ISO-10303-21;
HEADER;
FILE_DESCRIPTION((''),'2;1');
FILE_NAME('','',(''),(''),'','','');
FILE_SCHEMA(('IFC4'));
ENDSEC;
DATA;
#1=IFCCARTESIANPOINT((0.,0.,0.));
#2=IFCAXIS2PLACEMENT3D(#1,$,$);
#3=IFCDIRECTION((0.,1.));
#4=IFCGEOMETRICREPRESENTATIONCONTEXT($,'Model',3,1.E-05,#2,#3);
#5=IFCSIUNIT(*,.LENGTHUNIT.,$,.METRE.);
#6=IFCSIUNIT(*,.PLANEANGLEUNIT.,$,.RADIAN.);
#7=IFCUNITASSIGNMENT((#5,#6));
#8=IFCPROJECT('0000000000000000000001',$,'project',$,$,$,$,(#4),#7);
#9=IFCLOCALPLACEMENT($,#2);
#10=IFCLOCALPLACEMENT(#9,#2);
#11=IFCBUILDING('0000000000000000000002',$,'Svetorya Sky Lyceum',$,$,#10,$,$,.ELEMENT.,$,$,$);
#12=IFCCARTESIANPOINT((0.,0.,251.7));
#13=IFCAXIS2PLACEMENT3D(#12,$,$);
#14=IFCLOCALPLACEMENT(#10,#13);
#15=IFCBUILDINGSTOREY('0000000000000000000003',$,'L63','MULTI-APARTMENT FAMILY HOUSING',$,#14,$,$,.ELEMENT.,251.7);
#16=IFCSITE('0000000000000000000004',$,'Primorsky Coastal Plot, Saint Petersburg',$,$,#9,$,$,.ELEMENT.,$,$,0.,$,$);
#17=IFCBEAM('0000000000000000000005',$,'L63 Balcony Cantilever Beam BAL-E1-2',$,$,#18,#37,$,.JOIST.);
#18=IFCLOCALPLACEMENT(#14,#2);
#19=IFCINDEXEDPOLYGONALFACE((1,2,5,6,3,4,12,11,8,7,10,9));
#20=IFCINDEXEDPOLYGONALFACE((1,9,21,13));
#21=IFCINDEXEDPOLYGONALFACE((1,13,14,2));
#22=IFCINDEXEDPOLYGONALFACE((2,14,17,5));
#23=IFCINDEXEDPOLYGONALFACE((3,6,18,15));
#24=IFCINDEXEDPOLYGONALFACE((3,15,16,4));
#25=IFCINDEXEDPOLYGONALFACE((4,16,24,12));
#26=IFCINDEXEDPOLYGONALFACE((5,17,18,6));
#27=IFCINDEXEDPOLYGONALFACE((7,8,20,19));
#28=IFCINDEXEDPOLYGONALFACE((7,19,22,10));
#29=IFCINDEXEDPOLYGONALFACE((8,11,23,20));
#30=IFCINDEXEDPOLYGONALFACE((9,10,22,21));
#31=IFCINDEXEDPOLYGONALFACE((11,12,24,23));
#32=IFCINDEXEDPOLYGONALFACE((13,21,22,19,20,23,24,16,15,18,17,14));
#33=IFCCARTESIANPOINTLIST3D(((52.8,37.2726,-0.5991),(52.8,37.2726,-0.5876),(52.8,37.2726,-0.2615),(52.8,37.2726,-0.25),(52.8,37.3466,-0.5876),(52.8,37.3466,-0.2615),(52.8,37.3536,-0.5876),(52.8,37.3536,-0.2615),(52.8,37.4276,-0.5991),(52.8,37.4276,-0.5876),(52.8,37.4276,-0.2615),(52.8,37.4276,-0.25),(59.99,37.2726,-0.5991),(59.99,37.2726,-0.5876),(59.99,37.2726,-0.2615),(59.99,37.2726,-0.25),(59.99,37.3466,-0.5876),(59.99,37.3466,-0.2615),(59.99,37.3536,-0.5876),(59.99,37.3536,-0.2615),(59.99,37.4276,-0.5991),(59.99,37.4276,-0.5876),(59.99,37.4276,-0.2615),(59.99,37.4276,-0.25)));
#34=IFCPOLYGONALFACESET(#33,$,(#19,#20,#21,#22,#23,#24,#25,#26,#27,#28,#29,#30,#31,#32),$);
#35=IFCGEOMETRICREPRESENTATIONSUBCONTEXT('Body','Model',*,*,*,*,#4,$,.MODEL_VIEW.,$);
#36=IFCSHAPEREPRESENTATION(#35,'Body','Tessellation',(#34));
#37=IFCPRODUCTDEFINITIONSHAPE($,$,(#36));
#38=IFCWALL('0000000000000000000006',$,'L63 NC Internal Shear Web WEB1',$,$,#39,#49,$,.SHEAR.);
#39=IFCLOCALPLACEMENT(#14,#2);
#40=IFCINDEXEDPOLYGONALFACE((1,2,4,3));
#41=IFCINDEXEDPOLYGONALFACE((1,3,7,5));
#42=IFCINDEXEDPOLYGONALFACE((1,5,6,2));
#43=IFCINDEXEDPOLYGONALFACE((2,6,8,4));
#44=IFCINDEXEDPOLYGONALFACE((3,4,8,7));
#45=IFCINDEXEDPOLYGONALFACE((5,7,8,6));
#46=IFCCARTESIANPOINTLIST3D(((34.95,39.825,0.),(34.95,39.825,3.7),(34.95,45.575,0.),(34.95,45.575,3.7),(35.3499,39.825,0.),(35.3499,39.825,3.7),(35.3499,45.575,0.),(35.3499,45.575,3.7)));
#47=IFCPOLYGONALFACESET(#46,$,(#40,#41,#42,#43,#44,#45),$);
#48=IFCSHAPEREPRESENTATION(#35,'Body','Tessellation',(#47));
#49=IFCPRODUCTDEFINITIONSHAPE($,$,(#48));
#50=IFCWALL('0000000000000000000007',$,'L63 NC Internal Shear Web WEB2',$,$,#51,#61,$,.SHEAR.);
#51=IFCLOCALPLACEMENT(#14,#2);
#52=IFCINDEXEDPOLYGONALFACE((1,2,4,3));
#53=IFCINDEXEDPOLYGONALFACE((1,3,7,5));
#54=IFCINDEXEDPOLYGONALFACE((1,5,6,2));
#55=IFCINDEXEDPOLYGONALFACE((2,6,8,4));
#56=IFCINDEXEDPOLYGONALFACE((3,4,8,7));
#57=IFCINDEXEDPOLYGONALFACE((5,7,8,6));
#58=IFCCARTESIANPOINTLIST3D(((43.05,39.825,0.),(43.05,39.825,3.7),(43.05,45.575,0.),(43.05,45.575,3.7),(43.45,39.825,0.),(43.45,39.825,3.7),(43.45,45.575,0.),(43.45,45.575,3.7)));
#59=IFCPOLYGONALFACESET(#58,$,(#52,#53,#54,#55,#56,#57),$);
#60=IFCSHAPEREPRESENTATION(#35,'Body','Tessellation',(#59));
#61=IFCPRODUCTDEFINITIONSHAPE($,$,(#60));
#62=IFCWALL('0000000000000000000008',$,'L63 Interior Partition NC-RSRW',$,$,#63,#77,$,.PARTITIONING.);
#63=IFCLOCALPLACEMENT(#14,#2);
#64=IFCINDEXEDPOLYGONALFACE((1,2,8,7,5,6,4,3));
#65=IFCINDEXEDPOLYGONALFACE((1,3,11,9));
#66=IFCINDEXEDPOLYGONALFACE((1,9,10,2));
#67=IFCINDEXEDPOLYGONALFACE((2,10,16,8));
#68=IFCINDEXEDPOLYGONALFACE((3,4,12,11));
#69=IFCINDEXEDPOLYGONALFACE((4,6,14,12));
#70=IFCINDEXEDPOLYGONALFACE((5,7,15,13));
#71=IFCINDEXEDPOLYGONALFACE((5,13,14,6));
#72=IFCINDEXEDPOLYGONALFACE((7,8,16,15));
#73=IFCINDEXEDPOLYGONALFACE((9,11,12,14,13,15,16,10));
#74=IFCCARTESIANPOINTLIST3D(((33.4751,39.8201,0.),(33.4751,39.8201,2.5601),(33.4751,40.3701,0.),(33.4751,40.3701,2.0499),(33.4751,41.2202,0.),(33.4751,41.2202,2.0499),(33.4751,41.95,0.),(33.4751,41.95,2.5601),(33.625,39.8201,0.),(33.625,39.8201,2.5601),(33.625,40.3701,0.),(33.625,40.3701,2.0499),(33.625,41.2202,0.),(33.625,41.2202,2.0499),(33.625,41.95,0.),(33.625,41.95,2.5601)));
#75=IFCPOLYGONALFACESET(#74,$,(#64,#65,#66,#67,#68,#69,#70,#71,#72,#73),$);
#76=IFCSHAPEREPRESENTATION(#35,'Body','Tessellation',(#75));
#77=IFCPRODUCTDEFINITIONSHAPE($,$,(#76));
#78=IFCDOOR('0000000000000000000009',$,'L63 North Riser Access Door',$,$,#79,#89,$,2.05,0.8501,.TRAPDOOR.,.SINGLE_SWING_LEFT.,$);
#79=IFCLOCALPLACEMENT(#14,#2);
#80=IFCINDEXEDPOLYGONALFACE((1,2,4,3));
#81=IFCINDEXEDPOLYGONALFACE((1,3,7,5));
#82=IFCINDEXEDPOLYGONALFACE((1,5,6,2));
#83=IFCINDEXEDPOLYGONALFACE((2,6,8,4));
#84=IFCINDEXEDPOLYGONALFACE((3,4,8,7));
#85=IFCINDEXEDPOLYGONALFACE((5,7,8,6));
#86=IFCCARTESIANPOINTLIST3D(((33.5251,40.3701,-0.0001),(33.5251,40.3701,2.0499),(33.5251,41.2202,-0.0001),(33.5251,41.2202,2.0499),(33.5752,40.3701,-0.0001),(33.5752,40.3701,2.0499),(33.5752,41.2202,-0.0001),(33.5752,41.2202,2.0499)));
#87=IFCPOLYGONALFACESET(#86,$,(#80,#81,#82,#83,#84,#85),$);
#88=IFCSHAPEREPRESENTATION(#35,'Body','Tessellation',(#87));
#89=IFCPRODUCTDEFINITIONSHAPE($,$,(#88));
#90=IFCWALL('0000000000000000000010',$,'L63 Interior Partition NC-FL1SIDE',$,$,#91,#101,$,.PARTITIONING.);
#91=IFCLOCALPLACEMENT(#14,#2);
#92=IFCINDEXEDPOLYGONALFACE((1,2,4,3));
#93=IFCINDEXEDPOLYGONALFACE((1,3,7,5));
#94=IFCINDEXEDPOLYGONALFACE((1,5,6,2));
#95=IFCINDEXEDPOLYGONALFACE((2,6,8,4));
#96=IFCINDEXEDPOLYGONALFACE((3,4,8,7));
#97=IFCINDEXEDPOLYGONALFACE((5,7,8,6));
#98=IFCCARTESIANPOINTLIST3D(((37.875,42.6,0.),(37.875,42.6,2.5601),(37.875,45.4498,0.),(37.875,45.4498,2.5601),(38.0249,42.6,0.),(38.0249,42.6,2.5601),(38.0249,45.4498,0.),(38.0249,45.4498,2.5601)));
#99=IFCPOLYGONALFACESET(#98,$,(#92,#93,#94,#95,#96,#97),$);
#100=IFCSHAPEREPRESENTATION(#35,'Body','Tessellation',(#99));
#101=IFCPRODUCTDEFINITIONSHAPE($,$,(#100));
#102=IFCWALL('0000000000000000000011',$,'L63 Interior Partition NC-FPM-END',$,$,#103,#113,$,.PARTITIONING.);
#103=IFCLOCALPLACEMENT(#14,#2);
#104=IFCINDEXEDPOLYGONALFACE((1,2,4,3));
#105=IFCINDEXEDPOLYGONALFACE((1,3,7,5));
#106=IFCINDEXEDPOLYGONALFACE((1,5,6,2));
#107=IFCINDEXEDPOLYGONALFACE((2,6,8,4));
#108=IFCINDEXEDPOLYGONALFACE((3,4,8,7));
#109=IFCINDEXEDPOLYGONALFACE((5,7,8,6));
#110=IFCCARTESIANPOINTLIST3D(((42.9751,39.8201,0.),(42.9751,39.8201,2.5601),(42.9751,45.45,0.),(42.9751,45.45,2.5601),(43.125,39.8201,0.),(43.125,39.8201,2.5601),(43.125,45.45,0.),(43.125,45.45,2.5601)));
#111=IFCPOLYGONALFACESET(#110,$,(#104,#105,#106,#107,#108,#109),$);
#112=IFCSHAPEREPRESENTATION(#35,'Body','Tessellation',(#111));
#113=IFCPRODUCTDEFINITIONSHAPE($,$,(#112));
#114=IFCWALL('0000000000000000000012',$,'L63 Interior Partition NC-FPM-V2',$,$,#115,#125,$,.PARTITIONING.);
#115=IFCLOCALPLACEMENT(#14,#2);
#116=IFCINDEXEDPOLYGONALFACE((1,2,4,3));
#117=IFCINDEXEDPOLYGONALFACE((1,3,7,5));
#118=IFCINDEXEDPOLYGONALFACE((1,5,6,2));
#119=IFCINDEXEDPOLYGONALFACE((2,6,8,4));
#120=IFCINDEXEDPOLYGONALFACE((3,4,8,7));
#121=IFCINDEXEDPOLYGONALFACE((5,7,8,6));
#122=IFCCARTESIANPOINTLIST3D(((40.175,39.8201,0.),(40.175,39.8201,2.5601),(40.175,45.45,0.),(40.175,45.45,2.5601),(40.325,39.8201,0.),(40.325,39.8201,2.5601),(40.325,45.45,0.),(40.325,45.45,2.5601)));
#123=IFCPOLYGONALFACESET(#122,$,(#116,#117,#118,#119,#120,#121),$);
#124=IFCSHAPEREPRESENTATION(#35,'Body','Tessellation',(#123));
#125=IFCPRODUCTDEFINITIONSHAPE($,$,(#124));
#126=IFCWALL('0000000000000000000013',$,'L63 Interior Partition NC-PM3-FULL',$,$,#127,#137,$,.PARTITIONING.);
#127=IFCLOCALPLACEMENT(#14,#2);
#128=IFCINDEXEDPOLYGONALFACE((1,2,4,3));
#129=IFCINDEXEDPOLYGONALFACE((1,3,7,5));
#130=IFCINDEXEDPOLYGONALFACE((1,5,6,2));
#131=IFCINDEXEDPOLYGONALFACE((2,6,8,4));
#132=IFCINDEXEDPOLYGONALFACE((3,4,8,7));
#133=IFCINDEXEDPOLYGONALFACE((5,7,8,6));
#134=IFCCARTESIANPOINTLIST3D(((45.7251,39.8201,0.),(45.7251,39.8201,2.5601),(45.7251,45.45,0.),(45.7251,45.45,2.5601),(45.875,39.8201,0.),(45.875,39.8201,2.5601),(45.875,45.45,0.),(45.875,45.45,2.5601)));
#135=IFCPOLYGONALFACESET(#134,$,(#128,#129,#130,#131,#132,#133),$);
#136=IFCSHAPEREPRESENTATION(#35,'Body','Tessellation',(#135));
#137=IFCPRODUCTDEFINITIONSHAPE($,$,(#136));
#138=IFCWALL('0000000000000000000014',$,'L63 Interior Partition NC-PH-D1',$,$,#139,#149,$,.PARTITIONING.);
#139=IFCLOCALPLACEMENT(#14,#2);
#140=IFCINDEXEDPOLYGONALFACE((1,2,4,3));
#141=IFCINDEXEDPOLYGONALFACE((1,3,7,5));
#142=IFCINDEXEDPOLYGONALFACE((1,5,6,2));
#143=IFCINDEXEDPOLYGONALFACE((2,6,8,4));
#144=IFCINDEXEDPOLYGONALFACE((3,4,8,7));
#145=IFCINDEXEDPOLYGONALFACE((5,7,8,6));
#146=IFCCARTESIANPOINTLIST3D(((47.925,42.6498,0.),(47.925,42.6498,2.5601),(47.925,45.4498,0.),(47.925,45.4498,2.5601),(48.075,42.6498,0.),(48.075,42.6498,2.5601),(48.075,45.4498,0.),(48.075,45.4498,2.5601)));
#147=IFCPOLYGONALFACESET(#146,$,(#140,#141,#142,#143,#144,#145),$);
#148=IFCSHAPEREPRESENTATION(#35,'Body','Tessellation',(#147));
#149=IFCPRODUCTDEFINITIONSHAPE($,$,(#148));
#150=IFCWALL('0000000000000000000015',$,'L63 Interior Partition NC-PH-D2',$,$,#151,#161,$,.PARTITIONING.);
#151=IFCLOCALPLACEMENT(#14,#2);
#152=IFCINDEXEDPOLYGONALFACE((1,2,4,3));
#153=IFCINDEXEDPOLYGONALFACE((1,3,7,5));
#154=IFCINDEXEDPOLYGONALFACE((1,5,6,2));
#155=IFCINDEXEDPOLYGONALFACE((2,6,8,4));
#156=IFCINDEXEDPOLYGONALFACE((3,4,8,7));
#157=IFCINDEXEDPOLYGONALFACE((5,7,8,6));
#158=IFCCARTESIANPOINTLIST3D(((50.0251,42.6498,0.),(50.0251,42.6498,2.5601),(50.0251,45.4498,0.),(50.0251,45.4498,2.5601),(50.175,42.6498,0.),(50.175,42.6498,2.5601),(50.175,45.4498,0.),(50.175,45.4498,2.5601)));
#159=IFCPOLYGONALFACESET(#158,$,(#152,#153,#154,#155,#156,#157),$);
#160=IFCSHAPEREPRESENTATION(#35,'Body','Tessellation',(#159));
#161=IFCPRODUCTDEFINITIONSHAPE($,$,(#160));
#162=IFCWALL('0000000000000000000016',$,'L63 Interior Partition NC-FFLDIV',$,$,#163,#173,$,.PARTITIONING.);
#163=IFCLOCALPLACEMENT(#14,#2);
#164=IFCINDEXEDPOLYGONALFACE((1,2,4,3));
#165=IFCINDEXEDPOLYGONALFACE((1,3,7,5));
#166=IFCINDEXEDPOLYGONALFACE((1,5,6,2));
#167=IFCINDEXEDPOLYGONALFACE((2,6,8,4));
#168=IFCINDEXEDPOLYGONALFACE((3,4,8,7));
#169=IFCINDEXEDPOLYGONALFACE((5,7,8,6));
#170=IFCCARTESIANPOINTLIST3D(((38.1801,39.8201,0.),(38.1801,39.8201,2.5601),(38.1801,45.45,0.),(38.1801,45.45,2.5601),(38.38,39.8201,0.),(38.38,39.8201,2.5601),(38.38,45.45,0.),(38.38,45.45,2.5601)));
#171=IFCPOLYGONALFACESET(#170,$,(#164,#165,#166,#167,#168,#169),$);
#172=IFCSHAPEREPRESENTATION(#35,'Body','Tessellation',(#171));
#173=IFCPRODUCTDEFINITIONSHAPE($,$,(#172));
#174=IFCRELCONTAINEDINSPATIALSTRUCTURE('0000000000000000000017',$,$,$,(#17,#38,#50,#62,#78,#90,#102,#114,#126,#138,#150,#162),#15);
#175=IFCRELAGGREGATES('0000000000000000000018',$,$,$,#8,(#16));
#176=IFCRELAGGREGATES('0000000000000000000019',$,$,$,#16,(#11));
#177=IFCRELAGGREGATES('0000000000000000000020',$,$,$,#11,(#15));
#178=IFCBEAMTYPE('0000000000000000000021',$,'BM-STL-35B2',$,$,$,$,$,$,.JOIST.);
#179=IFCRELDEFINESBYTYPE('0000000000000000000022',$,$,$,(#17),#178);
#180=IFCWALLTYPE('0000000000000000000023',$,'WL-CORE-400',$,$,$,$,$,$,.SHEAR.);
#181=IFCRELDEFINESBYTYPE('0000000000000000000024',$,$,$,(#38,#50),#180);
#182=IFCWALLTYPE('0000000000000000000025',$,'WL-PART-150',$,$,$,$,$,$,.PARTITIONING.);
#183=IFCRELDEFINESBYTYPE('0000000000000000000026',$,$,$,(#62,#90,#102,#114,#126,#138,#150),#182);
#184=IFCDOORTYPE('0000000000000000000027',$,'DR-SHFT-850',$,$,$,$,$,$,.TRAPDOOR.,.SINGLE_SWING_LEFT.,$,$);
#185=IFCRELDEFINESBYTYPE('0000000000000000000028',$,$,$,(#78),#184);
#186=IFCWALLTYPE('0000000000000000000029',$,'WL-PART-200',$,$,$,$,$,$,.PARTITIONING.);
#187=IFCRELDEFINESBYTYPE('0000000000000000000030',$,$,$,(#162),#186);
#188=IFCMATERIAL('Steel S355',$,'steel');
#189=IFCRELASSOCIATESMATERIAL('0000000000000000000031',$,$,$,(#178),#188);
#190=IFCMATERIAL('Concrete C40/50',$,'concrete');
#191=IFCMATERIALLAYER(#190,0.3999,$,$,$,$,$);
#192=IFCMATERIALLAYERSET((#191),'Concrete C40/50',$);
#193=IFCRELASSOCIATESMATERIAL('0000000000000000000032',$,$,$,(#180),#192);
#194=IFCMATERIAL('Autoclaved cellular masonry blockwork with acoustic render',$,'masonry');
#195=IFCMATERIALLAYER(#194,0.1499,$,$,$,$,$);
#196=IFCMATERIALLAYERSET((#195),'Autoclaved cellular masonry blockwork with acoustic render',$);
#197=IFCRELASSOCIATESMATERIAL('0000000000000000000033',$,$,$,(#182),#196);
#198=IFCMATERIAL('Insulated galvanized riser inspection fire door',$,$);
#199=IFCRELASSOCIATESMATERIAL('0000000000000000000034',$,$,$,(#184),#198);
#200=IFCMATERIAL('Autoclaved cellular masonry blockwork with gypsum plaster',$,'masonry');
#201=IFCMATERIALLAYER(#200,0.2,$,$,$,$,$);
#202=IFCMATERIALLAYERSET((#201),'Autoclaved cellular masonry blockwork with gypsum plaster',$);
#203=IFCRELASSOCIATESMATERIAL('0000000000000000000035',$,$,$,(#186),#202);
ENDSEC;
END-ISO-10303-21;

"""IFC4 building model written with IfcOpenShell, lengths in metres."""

from ifc_helpers import new_model, si_unit, direction, frame, frame_2d, origin, origin_2d, place, context, subcontext, project, spatial, rectangle, i_section, extrude, material, layer, layer_set, material_profile, profile_set, type_object, element, fill, save


model = new_model("IFC4")

# Units and contexts
model_context = context("Model", 3, precision=1e-05, world=origin(), true_north=direction((0.0, 1.0)))
body_context = subcontext(model_context, "Body", "Model", "MODEL_VIEW")
ifc_project = project(units=[si_unit("LENGTHUNIT", "METRE"), si_unit("PLANEANGLEUNIT", "RADIAN")], contexts=[model_context])

# Site, building, storey
site_placement = place(None, origin())
site = spatial("IfcSite", under=ifc_project, at=site_placement, Name="Primorsky Coastal Plot, Saint Petersburg", CompositionType="ELEMENT", RefElevation=0.0)
building_placement = place(site_placement, origin())
building = spatial("IfcBuilding", under=site, at=building_placement, Name="Svetorya Sky Lyceum", CompositionType="ELEMENT")
storey_placement = place(building_placement, frame((0.0, 0.0, 251.7)))
storey = spatial("IfcBuildingStorey", under=building, at=storey_placement, Name="L63", Description="MULTI-APARTMENT FAMILY HOUSING", CompositionType="ELEMENT", Elevation=251.7)

# Beam
ifc_material_1 = material(Name="Steel S355", Category="steel")
ifc_material_profile_1 = material_profile(ifc_material_1, i_section(OverallWidth=0.155, OverallDepth=0.3491, WebThickness=0.0071, FlangeThickness=0.0115, at=origin_2d()), Name="GOST 35B2")
ifc_profile_set_1 = profile_set([ifc_material_profile_1], Name="Steel S355")
beam_type_1 = type_object("IfcBeamType", Name="BM-STL-35B2", PredefinedType="JOIST", material=ifc_profile_set_1)
for number, where, z_axis, x_axis, name in (
    (1, (52.8, 37.3501, -0.4246), (1.0, 0.0, 0.0), (0.0, 1.0, 0.0), "L63 Balcony Cantilever Beam BAL-E1-2"),
):
    element("IfcBeam", number, at=place(storey_placement, frame(where, z_axis=z_axis, x_axis=x_axis)), inside=storey, type_object=beam_type_1, Name=name, PredefinedType="JOIST", context=body_context, shape_type="SweptSolid", body=[
        extrude(i_section(OverallWidth=0.155, OverallDepth=0.3491, WebThickness=0.0071, FlangeThickness=0.0115, at=origin_2d()), origin(), (0.0, 0.0, 1.0), 7.1899),
    ])

# Walls
ifc_material_2 = material(Name="Concrete C40/50", Category="concrete")
ifc_layer_1 = layer(ifc_material_2, 0.3999)
ifc_layer_set_1 = layer_set([ifc_layer_1], Name="Concrete C40/50")
wall_type_1 = type_object("IfcWallType", Name="WL-CORE-400", PredefinedType="SHEAR", material=ifc_layer_set_1)
for number, where, z_axis, x_axis, name in (
    (2, (35.1499, 39.825, 0.0), (0.0, 0.0, 1.0), (0.0, 1.0, 0.0), "L63 NC Internal Shear Web WEB1"),
    (3, (43.25, 39.825, 0.0), (0.0, 0.0, 1.0), (0.0, 1.0, 0.0), "L63 NC Internal Shear Web WEB2"),
):
    element("IfcWall", number, at=place(storey_placement, frame(where, z_axis=z_axis, x_axis=x_axis)), inside=storey, type_object=wall_type_1, Name=name, PredefinedType="SHEAR", context=body_context, shape_type="SweptSolid", body=[
        extrude(rectangle(XDim=5.75, YDim=0.3999, at=frame_2d((2.875, 0.0))), origin(), (0.0, 0.0, 1.0), 3.7),
    ])

# Wall, opening, door
ifc_material_3 = material(Name="Autoclaved cellular masonry blockwork with acoustic render", Category="masonry")
ifc_layer_2 = layer(ifc_material_3, 0.1499)
ifc_layer_set_2 = layer_set([ifc_layer_2], Name="Autoclaved cellular masonry blockwork with acoustic render")
wall_type_2 = type_object("IfcWallType", Name="WL-PART-150", PredefinedType="PARTITIONING", material=ifc_layer_set_2)
wall_1_placement = place(storey_placement, frame((33.55, 39.8201, 0.0), z_axis=(0.0, 0.0, 1.0), x_axis=(0.0, 1.0, 0.0)))
wall_1 = element("IfcWall", 4, at=wall_1_placement, inside=storey, type_object=wall_type_2, Name="L63 Interior Partition NC-RSRW", PredefinedType="PARTITIONING", context=body_context, shape_type="SweptSolid", body=[
    extrude(rectangle(XDim=2.1299, YDim=0.1499, at=frame_2d((1.0649, 0.0))), origin(), (0.0, 0.0, 1.0), 2.5601),
])
opening_1_placement = place(wall_1_placement, frame((0.55, 0.0, 0.0)))
opening_1 = element("IfcOpeningElement", 5, at=opening_1_placement, cuts=wall_1, PredefinedType="OPENING", context=body_context, shape_type="SweptSolid", body=[
    extrude(rectangle(XDim=0.8501, YDim=2.05, at=frame_2d((0.425, 1.0249))), frame((0.0, 0.085, 0.0), z_axis=(0.0, -1.0, 0.0), x_axis=(1.0, 0.0, 0.0)), (0.0, 0.0, 1.0), 0.1699),
])
ifc_material_4 = material(Name="Insulated galvanized riser inspection fire door")
door_type_1 = type_object("IfcDoorType", Name="DR-SHFT-850", OperationType="SINGLE_SWING_LEFT", PredefinedType="TRAPDOOR", material=ifc_material_4)
door_1_placement = place(opening_1_placement, origin())
door_1 = element("IfcDoor", 6, at=door_1_placement, inside=storey, type_object=door_type_1, Name="L63 North Riser Access Door", OperationType="SINGLE_SWING_LEFT", OverallHeight=2.05, OverallWidth=0.8501, PredefinedType="TRAPDOOR", context=body_context, shape_type="SweptSolid", body=[
    extrude(rectangle(XDim=0.8501, YDim=2.05, at=frame_2d((0.425, 1.0249))), frame((0.0, 0.0249, 0.0), z_axis=(0.0, -1.0, 0.0), x_axis=(1.0, 0.0, 0.0)), (0.0, 0.0, 1.0), 0.05),
])
fill(opening_1, door_1)

# Walls
wall_2_placement = place(storey_placement, frame((37.95, 42.6001, 0.0), z_axis=(0.0, 0.0, 1.0), x_axis=(0.0, 1.0, 0.0)))
element("IfcWall", 7, at=wall_2_placement, inside=storey, type_object=wall_type_2, Name="L63 Interior Partition NC-FL1SIDE", PredefinedType="PARTITIONING", context=body_context, shape_type="SweptSolid", body=[
    extrude(rectangle(XDim=2.8499, YDim=0.1499, at=frame_2d((1.4248, 0.0))), origin(), (0.0, 0.0, 1.0), 2.5601),
])
for number, where, z_axis, x_axis, name in (
    (8, (43.05, 39.8201, 0.0), (0.0, 0.0, 1.0), (0.0, 1.0, 0.0), "L63 Interior Partition NC-FPM-END"),
    (9, (40.25, 39.8201, 0.0), (0.0, 0.0, 1.0), (0.0, 1.0, 0.0), "L63 Interior Partition NC-FPM-V2"),
    (10, (45.8, 39.8201, 0.0), (0.0, 0.0, 1.0), (0.0, 1.0, 0.0), "L63 Interior Partition NC-PM3-FULL"),
):
    element("IfcWall", number, at=place(storey_placement, frame(where, z_axis=z_axis, x_axis=x_axis)), inside=storey, type_object=wall_type_2, Name=name, PredefinedType="PARTITIONING", context=body_context, shape_type="SweptSolid", body=[
        extrude(rectangle(XDim=5.6299, YDim=0.1499, at=frame_2d((2.8149, 0.0))), origin(), (0.0, 0.0, 1.0), 2.5601),
    ])
for number, where, z_axis, x_axis, name in (
    (11, (48.0, 42.6499, 0.0), (0.0, 0.0, 1.0), (0.0, 1.0, 0.0), "L63 Interior Partition NC-PH-D1"),
    (12, (50.1001, 42.6499, 0.0), (0.0, 0.0, 1.0), (0.0, 1.0, 0.0), "L63 Interior Partition NC-PH-D2"),
):
    element("IfcWall", number, at=place(storey_placement, frame(where, z_axis=z_axis, x_axis=x_axis)), inside=storey, type_object=wall_type_2, Name=name, PredefinedType="PARTITIONING", context=body_context, shape_type="SweptSolid", body=[
        extrude(rectangle(XDim=2.8, YDim=0.1499, at=frame_2d((1.3999, 0.0))), origin(), (0.0, 0.0, 1.0), 2.5601),
    ])

# Shared definitions
ifc_material_5 = material(Name="Autoclaved cellular masonry blockwork with gypsum plaster", Category="masonry")
ifc_layer_3 = layer(ifc_material_5, 0.2)
ifc_layer_set_3 = layer_set([ifc_layer_3], Name="Autoclaved cellular masonry blockwork with gypsum plaster")
wall_type_3 = type_object("IfcWallType", Name="WL-PART-200", PredefinedType="PARTITIONING", material=ifc_layer_set_3)

# Wall
wall_3_placement = place(storey_placement, frame((38.28, 39.8201, 0.0), z_axis=(0.0, 0.0, 1.0), x_axis=(0.0, 1.0, 0.0)))
element("IfcWall", 13, at=wall_3_placement, inside=storey, type_object=wall_type_3, Name="L63 Interior Partition NC-FFLDIV", PredefinedType="PARTITIONING", context=body_context, shape_type="SweptSolid", body=[
    extrude(rectangle(XDim=5.6299, YDim=0.2, at=frame_2d((2.8149, 0.0))), origin(), (0.0, 0.0, 1.0), 2.5601),
])

save(model, "model.ifc")
